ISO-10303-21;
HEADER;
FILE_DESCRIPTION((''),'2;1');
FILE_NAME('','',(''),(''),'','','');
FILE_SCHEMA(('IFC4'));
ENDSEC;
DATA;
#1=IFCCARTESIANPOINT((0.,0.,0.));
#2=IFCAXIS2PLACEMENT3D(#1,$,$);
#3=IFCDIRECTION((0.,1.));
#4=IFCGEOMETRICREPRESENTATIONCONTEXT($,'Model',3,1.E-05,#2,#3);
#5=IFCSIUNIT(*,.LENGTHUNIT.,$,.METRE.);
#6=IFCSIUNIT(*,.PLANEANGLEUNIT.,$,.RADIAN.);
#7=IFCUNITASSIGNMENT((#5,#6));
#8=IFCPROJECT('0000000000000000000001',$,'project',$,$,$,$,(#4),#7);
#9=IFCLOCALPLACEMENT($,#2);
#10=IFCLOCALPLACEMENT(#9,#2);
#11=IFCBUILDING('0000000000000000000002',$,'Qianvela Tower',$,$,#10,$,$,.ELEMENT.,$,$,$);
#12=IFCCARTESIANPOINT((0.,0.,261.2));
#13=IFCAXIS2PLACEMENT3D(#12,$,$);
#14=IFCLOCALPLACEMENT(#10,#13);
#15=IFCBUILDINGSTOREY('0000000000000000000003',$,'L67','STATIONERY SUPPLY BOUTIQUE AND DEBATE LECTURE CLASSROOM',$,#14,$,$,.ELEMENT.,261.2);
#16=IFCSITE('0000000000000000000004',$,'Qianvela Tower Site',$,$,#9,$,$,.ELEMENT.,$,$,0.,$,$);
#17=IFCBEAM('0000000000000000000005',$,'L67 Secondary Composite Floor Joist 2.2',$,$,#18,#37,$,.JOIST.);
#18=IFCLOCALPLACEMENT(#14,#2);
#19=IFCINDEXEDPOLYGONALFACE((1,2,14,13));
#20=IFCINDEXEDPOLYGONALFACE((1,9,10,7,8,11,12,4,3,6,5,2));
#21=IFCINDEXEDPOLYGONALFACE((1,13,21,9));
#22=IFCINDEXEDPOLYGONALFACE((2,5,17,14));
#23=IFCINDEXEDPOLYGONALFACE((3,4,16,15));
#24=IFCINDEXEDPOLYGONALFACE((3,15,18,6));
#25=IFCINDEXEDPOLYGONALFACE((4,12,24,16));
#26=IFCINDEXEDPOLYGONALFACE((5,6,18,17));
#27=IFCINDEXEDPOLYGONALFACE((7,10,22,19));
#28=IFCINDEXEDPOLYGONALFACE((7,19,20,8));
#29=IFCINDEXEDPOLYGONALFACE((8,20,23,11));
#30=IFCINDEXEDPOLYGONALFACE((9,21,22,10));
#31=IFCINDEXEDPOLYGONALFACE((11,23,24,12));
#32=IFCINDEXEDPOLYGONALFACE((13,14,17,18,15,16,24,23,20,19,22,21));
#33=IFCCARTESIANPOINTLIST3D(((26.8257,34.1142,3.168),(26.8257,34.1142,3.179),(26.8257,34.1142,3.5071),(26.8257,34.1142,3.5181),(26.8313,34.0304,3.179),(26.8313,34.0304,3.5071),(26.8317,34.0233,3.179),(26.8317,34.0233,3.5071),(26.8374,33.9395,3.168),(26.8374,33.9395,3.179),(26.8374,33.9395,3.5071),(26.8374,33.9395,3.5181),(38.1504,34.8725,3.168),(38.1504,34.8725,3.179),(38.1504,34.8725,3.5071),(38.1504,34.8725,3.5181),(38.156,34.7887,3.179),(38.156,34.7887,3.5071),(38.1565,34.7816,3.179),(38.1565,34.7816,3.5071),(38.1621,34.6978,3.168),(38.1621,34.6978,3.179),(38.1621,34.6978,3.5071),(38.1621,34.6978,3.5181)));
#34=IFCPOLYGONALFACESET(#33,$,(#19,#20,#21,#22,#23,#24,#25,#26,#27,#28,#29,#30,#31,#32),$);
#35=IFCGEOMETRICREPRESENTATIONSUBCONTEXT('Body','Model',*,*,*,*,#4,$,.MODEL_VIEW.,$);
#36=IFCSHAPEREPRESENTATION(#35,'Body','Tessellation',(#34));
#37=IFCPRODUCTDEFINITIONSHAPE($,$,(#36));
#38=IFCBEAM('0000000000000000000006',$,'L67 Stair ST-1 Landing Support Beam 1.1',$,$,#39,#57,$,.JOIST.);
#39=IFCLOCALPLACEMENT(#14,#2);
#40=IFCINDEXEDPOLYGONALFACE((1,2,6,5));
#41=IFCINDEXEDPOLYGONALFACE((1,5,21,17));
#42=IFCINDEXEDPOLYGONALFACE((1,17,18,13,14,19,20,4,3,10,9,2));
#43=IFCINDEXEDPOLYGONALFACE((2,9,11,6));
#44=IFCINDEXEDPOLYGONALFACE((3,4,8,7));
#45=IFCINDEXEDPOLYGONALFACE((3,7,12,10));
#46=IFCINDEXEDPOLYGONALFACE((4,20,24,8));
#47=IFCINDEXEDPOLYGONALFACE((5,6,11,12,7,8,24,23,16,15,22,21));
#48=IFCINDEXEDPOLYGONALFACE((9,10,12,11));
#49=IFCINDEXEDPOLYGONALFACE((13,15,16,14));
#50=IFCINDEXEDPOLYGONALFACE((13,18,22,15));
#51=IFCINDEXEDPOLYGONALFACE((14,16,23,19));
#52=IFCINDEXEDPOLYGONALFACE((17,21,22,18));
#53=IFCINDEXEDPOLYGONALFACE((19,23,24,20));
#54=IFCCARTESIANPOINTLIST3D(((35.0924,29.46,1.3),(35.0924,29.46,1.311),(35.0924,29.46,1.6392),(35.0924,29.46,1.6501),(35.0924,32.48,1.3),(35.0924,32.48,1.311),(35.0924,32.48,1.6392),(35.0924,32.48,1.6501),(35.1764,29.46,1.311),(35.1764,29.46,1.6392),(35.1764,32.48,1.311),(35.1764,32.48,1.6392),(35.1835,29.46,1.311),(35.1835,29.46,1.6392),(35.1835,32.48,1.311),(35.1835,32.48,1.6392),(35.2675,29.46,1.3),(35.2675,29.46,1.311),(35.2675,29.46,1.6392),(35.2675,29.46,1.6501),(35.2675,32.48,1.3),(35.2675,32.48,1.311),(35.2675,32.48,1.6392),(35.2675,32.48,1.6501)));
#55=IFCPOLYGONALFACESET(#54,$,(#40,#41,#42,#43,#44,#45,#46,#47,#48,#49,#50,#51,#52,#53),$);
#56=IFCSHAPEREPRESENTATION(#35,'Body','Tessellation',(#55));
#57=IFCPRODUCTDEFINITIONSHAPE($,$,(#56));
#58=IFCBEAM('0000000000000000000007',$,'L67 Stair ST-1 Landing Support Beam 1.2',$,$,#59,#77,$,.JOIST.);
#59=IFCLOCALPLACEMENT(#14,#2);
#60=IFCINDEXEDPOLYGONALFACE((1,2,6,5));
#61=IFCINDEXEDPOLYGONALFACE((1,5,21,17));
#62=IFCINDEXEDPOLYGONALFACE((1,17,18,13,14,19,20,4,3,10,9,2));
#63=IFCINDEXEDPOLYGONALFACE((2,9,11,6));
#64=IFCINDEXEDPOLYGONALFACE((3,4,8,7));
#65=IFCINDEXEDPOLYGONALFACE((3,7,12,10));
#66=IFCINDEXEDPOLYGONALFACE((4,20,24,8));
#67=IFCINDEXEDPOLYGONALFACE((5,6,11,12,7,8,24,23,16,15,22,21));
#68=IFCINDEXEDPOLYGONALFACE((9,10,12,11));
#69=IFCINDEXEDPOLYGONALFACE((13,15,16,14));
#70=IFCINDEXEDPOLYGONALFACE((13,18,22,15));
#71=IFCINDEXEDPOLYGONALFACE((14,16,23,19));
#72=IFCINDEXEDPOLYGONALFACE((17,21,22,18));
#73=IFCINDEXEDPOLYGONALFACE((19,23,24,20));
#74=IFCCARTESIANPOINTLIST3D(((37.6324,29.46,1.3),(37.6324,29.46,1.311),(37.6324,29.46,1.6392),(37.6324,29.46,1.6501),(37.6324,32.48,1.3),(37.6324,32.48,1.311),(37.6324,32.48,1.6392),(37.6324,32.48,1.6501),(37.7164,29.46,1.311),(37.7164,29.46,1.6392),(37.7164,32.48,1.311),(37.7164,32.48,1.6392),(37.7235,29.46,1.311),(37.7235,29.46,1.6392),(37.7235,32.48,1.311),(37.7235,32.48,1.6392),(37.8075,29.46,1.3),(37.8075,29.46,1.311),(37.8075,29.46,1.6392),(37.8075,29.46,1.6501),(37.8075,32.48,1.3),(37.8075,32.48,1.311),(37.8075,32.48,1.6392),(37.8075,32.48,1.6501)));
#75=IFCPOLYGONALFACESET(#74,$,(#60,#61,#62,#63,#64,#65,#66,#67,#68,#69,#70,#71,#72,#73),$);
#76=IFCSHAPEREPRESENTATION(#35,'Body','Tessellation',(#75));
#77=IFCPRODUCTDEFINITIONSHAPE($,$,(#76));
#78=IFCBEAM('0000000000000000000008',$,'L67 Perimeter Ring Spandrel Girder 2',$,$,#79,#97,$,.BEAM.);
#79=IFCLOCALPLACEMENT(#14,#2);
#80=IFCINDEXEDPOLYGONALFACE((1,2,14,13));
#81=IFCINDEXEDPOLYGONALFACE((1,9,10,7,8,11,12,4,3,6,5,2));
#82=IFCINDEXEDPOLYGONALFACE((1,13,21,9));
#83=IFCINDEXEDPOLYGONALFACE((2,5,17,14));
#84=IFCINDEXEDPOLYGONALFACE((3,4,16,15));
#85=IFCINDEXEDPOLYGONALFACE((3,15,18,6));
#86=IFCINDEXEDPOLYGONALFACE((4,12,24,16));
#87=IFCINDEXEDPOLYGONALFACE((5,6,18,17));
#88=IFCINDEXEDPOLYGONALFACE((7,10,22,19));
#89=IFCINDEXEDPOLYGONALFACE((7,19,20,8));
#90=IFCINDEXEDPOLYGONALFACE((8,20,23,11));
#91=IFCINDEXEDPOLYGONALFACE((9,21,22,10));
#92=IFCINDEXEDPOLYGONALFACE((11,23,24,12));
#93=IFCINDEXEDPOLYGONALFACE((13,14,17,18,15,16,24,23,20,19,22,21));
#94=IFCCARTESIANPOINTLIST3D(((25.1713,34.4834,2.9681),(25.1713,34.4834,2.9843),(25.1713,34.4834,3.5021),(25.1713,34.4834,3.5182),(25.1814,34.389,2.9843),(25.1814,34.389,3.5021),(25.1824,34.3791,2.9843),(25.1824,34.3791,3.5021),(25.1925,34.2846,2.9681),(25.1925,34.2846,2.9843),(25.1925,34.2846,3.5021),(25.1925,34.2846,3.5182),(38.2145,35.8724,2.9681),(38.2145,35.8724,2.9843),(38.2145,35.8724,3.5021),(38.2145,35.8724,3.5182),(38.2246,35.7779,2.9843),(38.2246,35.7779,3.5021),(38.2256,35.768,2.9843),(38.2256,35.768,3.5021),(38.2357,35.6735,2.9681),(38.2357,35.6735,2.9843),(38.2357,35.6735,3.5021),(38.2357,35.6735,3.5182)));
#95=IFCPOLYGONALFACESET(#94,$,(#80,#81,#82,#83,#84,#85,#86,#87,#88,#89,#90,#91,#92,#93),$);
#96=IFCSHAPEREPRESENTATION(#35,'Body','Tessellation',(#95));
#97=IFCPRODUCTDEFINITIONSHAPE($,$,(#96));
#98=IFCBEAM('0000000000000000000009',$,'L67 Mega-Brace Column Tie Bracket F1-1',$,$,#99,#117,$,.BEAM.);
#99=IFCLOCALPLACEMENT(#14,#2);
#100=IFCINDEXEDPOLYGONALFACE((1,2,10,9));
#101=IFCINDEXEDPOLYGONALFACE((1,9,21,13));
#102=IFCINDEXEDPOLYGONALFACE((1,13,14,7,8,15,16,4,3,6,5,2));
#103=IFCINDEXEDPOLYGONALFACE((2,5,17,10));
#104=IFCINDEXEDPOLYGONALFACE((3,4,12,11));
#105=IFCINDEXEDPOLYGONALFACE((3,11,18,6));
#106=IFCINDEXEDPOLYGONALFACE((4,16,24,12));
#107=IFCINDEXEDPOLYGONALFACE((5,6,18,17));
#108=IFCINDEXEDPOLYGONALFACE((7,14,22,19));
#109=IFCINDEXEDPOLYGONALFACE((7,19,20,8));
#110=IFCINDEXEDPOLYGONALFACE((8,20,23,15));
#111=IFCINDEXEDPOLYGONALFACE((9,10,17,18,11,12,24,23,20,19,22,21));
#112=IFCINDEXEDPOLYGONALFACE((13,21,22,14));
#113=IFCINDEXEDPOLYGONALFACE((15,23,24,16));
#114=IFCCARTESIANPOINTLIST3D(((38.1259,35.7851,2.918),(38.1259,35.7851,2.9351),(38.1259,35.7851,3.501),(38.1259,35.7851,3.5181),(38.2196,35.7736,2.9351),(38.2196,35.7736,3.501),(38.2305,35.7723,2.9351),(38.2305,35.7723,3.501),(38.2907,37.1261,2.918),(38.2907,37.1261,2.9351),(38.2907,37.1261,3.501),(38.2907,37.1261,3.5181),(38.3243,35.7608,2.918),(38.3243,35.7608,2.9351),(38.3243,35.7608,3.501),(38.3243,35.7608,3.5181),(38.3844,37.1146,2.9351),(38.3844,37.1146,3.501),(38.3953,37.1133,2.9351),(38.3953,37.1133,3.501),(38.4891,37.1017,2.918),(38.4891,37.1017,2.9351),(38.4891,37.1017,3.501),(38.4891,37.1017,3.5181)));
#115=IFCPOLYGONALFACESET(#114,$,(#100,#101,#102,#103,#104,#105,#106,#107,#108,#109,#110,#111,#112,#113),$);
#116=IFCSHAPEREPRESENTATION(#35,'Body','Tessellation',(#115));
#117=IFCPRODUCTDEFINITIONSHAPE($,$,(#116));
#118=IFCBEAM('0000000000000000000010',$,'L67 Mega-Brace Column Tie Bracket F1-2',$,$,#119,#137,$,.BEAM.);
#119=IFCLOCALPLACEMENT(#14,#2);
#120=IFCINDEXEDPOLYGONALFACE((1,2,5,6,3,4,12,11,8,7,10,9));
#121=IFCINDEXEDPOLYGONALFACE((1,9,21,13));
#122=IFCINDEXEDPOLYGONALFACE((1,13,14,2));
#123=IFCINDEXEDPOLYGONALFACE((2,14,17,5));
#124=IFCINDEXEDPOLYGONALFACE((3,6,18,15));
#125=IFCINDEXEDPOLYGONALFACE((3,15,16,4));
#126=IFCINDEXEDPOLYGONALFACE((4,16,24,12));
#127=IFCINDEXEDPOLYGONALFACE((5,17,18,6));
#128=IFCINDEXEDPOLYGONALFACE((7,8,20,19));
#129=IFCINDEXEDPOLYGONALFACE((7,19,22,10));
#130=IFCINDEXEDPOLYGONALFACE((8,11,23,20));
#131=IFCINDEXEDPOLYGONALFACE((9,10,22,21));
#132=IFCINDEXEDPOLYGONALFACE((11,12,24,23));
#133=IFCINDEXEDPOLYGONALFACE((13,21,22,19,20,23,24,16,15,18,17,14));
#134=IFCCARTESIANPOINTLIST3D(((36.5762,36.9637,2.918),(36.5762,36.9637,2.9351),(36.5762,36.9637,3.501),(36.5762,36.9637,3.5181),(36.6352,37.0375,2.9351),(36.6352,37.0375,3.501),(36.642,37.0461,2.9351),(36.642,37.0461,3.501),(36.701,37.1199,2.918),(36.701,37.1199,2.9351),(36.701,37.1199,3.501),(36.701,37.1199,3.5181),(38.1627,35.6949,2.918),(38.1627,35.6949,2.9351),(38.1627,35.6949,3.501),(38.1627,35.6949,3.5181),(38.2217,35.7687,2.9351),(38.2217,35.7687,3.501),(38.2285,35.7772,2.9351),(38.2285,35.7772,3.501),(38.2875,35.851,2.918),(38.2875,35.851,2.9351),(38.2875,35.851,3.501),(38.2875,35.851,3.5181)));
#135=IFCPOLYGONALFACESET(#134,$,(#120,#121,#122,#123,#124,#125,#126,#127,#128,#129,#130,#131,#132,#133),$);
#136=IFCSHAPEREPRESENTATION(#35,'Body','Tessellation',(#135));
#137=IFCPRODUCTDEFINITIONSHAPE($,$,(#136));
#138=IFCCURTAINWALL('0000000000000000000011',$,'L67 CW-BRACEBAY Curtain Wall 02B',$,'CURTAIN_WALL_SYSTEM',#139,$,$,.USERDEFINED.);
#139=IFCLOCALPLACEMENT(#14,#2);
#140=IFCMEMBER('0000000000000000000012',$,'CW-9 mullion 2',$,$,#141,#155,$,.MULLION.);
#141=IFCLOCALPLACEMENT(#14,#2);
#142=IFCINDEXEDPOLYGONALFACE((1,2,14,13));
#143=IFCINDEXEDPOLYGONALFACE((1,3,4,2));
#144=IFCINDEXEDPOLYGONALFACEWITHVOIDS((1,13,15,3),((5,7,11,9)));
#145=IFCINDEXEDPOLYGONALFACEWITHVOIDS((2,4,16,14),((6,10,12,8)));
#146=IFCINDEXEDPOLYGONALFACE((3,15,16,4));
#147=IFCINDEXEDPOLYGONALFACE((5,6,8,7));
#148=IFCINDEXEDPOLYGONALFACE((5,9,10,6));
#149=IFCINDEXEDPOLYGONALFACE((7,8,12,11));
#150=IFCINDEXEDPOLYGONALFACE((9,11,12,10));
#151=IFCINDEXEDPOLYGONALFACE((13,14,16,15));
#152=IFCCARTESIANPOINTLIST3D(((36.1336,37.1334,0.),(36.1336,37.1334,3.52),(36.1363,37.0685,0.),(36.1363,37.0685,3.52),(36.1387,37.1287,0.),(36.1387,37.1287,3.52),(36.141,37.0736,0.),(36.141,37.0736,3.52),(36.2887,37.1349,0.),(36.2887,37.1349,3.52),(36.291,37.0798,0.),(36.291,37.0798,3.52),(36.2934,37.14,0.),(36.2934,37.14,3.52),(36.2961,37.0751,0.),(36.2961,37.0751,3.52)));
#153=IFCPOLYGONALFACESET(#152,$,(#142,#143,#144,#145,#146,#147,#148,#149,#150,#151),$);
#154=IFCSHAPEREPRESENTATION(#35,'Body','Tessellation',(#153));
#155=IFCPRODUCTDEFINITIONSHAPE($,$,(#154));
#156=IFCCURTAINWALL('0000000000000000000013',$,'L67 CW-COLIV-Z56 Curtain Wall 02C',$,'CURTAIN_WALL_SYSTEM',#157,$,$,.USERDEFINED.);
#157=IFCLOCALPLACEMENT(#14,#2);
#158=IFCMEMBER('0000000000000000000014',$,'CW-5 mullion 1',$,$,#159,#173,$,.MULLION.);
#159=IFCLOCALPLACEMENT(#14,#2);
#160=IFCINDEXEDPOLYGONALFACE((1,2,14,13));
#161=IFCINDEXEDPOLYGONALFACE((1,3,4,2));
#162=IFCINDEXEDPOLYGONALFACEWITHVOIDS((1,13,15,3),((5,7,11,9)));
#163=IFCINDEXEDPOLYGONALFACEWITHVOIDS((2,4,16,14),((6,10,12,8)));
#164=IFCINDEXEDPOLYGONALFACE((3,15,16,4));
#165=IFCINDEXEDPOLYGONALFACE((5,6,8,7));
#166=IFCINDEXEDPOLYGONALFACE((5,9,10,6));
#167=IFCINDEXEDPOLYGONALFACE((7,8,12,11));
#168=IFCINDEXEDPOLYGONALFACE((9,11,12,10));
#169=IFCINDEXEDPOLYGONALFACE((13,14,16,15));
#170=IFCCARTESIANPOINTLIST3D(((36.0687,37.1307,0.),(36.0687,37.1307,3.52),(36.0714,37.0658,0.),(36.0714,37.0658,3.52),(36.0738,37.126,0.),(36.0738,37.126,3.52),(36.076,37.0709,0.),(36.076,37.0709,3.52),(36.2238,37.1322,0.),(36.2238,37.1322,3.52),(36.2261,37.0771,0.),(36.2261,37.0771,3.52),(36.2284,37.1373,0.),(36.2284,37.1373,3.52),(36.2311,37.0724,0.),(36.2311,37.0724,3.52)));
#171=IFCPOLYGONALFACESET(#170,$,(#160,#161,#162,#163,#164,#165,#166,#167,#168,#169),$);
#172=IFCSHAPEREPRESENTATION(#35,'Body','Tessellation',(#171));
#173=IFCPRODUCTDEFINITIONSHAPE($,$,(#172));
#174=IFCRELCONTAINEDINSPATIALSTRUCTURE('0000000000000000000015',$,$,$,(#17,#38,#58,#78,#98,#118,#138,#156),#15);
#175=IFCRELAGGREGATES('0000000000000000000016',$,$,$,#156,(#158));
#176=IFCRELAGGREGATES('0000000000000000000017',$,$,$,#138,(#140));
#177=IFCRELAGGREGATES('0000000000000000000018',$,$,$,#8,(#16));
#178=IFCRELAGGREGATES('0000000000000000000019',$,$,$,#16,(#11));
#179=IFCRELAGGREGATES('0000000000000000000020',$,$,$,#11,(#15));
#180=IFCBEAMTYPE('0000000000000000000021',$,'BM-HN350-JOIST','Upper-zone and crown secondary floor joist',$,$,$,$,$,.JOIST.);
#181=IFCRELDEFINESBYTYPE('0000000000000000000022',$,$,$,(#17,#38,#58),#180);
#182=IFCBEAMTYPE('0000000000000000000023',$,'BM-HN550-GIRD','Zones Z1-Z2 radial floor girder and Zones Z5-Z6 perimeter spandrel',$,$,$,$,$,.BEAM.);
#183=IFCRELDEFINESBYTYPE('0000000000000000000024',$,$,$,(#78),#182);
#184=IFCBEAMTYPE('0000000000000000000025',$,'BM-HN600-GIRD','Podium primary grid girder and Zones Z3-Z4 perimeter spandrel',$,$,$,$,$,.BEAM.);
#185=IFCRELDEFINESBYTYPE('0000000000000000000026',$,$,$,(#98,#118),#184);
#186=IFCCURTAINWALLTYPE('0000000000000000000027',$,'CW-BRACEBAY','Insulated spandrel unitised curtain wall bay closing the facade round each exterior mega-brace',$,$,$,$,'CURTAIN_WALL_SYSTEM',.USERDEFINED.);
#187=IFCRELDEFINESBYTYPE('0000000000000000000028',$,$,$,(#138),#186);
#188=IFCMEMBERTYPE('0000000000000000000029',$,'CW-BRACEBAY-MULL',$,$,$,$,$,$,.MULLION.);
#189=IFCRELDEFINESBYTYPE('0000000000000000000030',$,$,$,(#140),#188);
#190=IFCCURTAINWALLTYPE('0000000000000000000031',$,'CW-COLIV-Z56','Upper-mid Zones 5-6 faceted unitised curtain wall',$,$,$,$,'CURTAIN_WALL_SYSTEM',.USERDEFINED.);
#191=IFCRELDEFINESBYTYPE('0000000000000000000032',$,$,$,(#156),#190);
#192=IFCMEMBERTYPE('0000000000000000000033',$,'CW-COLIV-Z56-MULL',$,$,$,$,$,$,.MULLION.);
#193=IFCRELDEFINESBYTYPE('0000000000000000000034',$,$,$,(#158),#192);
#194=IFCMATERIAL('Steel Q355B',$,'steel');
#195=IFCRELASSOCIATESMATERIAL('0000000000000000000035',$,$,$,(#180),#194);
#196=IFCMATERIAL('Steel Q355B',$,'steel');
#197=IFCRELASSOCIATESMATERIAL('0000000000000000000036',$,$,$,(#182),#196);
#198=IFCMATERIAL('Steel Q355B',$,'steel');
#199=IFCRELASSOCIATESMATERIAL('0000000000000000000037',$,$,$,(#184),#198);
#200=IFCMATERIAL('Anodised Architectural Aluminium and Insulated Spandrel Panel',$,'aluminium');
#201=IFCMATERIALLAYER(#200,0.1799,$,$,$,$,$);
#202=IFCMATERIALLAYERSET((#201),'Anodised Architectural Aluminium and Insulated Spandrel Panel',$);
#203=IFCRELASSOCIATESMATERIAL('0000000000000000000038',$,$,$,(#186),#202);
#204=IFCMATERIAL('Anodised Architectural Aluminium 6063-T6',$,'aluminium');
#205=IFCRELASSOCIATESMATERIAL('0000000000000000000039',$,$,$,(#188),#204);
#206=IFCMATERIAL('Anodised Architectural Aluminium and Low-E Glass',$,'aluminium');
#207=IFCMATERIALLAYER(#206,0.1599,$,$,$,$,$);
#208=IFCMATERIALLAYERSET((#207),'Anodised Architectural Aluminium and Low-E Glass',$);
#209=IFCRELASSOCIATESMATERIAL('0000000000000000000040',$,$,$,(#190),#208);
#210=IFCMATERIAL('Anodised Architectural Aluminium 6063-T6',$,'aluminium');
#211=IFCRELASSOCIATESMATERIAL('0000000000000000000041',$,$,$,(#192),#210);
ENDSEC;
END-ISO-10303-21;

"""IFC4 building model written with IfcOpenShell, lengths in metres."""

from ifc_helpers import new_model, si_unit, direction, frame, origin, origin_2d, place, context, subcontext, project, spatial, hollow_rectangle, i_section, extrude, material, layer, layer_set, material_profile, profile_set, type_object, element, aggregate, save


model = new_model("IFC4")

# Units and contexts
model_context = context("Model", 3, precision=1e-05, world=origin(), true_north=direction((0.0, 1.0)))
body_context = subcontext(model_context, "Body", "Model", "MODEL_VIEW")
ifc_project = project(units=[si_unit("LENGTHUNIT", "METRE"), si_unit("PLANEANGLEUNIT", "RADIAN")], contexts=[model_context])

# Site, building, storey
site_placement = place(None, origin())
site = spatial("IfcSite", under=ifc_project, at=site_placement, Name="Qianvela Tower Site", CompositionType="ELEMENT", RefElevation=0.0)
building_placement = place(site_placement, origin())
building = spatial("IfcBuilding", under=site, at=building_placement, Name="Qianvela Tower", CompositionType="ELEMENT")
storey_placement = place(building_placement, frame((0.0, 0.0, 261.2)))
storey = spatial("IfcBuildingStorey", under=building, at=storey_placement, Name="L67", Description="STATIONERY SUPPLY BOUTIQUE AND DEBATE LECTURE CLASSROOM", CompositionType="ELEMENT", Elevation=261.2)

# Beams
ifc_material_1 = material(Name="Steel Q355B", Category="steel")
ifc_material_profile_1 = material_profile(ifc_material_1, i_section(OverallWidth=0.175, OverallDepth=0.3501, WebThickness=0.0071, FlangeThickness=0.011, at=origin_2d()), Name="HN350x175x7x11")
ifc_profile_set_1 = profile_set([ifc_material_profile_1], Name="Steel Q355B")
beam_type_1 = type_object("IfcBeamType", Name="BM-HN350-JOIST", Description="Upper-zone and crown secondary floor joist", PredefinedType="JOIST", material=ifc_profile_set_1)
beam_1_placement = place(storey_placement, frame((38.1562, 34.7852, 3.343), z_axis=(-0.997766, -0.06681, 0.0), x_axis=(0.06681, -0.997766, 0.0)))
element("IfcBeam", 1, at=beam_1_placement, inside=storey, type_object=beam_type_1, Name="L67 Secondary Composite Floor Joist 2.2", PredefinedType="JOIST", context=body_context, shape_type="SweptSolid", body=[
    extrude(i_section(OverallWidth=0.175, OverallDepth=0.3501, WebThickness=0.0071, FlangeThickness=0.011, at=origin_2d()), origin(), (0.0, 0.0, 1.0), 11.3501),
])
for number, where, z_axis, x_axis, name in (
    (2, (35.1799, 29.46, 1.4751), (0.0, 1.0, 0.0), (-1.0, 0.0, 0.0), "L67 Stair ST-1 Landing Support Beam 1.1"),
    (3, (37.72, 29.46, 1.4751), (0.0, 1.0, 0.0), (-1.0, 0.0, 0.0), "L67 Stair ST-1 Landing Support Beam 1.2"),
):
    element("IfcBeam", number, at=place(storey_placement, frame(where, z_axis=z_axis, x_axis=x_axis)), inside=storey, type_object=beam_type_1, Name=name, PredefinedType="JOIST", context=body_context, shape_type="SweptSolid", body=[
        extrude(i_section(OverallWidth=0.175, OverallDepth=0.3501, WebThickness=0.0071, FlangeThickness=0.011, at=origin_2d()), origin(), (0.0, 0.0, 1.0), 3.02),
    ])
ifc_material_2 = material(Name="Steel Q355B", Category="steel")
ifc_material_profile_2 = material_profile(ifc_material_2, i_section(OverallWidth=0.2, OverallDepth=0.55, WebThickness=0.01, FlangeThickness=0.0161, at=origin_2d()), Name="HN550x200x10x16")
ifc_profile_set_2 = profile_set([ifc_material_profile_2], Name="Steel Q355B")
beam_type_2 = type_object("IfcBeamType", Name="BM-HN550-GIRD", Description="Zones Z1-Z2 radial floor girder and Zones Z5-Z6 perimeter spandrel", PredefinedType="BEAM", material=ifc_profile_set_2)
beam_2_placement = place(storey_placement, frame((38.2251, 35.7729, 3.2432), z_axis=(-0.994378, -0.105887, 0.0), x_axis=(0.105887, -0.994378, 0.0)))
element("IfcBeam", 4, at=beam_2_placement, inside=storey, type_object=beam_type_2, Name="L67 Perimeter Ring Spandrel Girder 2", PredefinedType="BEAM", context=body_context, shape_type="SweptSolid", body=[
    extrude(i_section(OverallWidth=0.2, OverallDepth=0.55, WebThickness=0.01, FlangeThickness=0.0161, at=origin_2d()), origin(), (0.0, 0.0, 1.0), 13.1169),
])
ifc_material_3 = material(Name="Steel Q355B", Category="steel")
ifc_material_profile_3 = material_profile(ifc_material_3, i_section(OverallWidth=0.2, OverallDepth=0.6001, WebThickness=0.011, FlangeThickness=0.0171, at=origin_2d()), Name="HN600x200x11x17")
ifc_profile_set_3 = profile_set([ifc_material_profile_3], Name="Steel Q355B")
beam_type_3 = type_object("IfcBeamType", Name="BM-HN600-GIRD", Description="Podium primary grid girder and Zones Z3-Z4 perimeter spandrel", PredefinedType="BEAM", material=ifc_profile_set_3)
beam_3_placement = place(storey_placement, frame((38.2251, 35.7729, 3.218), z_axis=(0.121966, 0.992534, 0.0), x_axis=(-0.992534, 0.121966, 0.0)))
element("IfcBeam", 5, at=beam_3_placement, inside=storey, type_object=beam_type_3, Name="L67 Mega-Brace Column Tie Bracket F1-1", PredefinedType="BEAM", context=body_context, shape_type="SweptSolid", body=[
    extrude(i_section(OverallWidth=0.2, OverallDepth=0.6001, WebThickness=0.011, FlangeThickness=0.0171, at=origin_2d()), origin(), (0.0, 0.0, 1.0), 1.3511),
])
beam_4_placement = place(storey_placement, frame((38.2251, 35.7729, 3.218), z_axis=(-0.780951, 0.624592, 0.0), x_axis=(-0.624592, -0.780951, 0.0)))
element("IfcBeam", 6, at=beam_4_placement, inside=storey, type_object=beam_type_3, Name="L67 Mega-Brace Column Tie Bracket F1-2", PredefinedType="BEAM", context=body_context, shape_type="SweptSolid", body=[
    extrude(i_section(OverallWidth=0.2, OverallDepth=0.6001, WebThickness=0.011, FlangeThickness=0.0171, at=origin_2d()), origin(), (0.0, 0.0, 1.0), 2.0315),
])

# Curtain wall, member
ifc_material_4 = material(Name="Anodised Architectural Aluminium and Insulated Spandrel Panel", Category="aluminium")
ifc_layer_1 = layer(ifc_material_4, 0.1799)
ifc_layer_set_1 = layer_set([ifc_layer_1], Name="Anodised Architectural Aluminium and Insulated Spandrel Panel")
curtain_wall_type_1 = type_object("IfcCurtainWallType", Name="CW-BRACEBAY", Description="Insulated spandrel unitised curtain wall bay closing the facade round each exterior mega-brace", ElementType="CURTAIN_WALL_SYSTEM", PredefinedType="USERDEFINED", material=ifc_layer_set_1)
curtain_wall_1_placement = place(storey_placement, origin())
curtain_wall_1 = element("IfcCurtainWall", 7, at=curtain_wall_1_placement, inside=storey, type_object=curtain_wall_type_1, Name="L67 CW-BRACEBAY Curtain Wall 02B", ObjectType="CURTAIN_WALL_SYSTEM", PredefinedType="USERDEFINED")
ifc_material_5 = material(Name="Anodised Architectural Aluminium 6063-T6", Category="aluminium")
ifc_material_profile_4 = material_profile(ifc_material_5, hollow_rectangle(XDim=0.0649, YDim=0.1599, WallThickness=0.0049, at=origin_2d()), Name="ALU-MULL-65x160")
ifc_profile_set_4 = profile_set([ifc_material_profile_4], Name="Anodised Architectural Aluminium 6063-T6")
member_type_1 = type_object("IfcMemberType", Name="CW-BRACEBAY-MULL", PredefinedType="MULLION", material=ifc_profile_set_4)
member_1_placement = place(storey_placement, frame((36.2148, 37.1042, 0.0), z_axis=(0.0, 0.0, 1.0), x_axis=(0.041292, -0.999147, 0.0)))
member_1 = element("IfcMember", 8, at=member_1_placement, type_object=member_type_1, Name="CW-9 mullion 2", PredefinedType="MULLION", context=body_context, shape_type="SweptSolid", body=[
    extrude(hollow_rectangle(XDim=0.0649, YDim=0.1599, WallThickness=0.0049, at=origin_2d()), origin(), (0.0, 0.0, 1.0), 3.52),
])

# Curtain wall, member
ifc_material_6 = material(Name="Anodised Architectural Aluminium and Low-E Glass", Category="aluminium")
ifc_layer_2 = layer(ifc_material_6, 0.1599)
ifc_layer_set_2 = layer_set([ifc_layer_2], Name="Anodised Architectural Aluminium and Low-E Glass")
curtain_wall_type_2 = type_object("IfcCurtainWallType", Name="CW-COLIV-Z56", Description="Upper-mid Zones 5-6 faceted unitised curtain wall", ElementType="CURTAIN_WALL_SYSTEM", PredefinedType="USERDEFINED", material=ifc_layer_set_2)
curtain_wall_2_placement = place(storey_placement, origin())
curtain_wall_2 = element("IfcCurtainWall", 9, at=curtain_wall_2_placement, inside=storey, type_object=curtain_wall_type_2, Name="L67 CW-COLIV-Z56 Curtain Wall 02C", ObjectType="CURTAIN_WALL_SYSTEM", PredefinedType="USERDEFINED")
ifc_material_7 = material(Name="Anodised Architectural Aluminium 6063-T6", Category="aluminium")
ifc_material_profile_5 = material_profile(ifc_material_7, hollow_rectangle(XDim=0.0649, YDim=0.1599, WallThickness=0.0049, at=origin_2d()), Name="ALU-MULL-65x160")
ifc_profile_set_5 = profile_set([ifc_material_profile_5], Name="Anodised Architectural Aluminium 6063-T6")
member_type_2 = type_object("IfcMemberType", Name="CW-COLIV-Z56-MULL", PredefinedType="MULLION", material=ifc_profile_set_5)
member_2_placement = place(storey_placement, frame((36.1499, 37.1016, 0.0), z_axis=(0.0, 0.0, 1.0), x_axis=(0.0413, -0.999147, 0.0)))
member_2 = element("IfcMember", 10, at=member_2_placement, type_object=member_type_2, Name="CW-5 mullion 1", PredefinedType="MULLION", context=body_context, shape_type="SweptSolid", body=[
    extrude(hollow_rectangle(XDim=0.0649, YDim=0.1599, WallThickness=0.0049, at=origin_2d()), origin(), (0.0, 0.0, 1.0), 3.52),
])
aggregate(curtain_wall_2, [member_2])

aggregate(curtain_wall_1, [member_1])

save(model, "model.ifc")
